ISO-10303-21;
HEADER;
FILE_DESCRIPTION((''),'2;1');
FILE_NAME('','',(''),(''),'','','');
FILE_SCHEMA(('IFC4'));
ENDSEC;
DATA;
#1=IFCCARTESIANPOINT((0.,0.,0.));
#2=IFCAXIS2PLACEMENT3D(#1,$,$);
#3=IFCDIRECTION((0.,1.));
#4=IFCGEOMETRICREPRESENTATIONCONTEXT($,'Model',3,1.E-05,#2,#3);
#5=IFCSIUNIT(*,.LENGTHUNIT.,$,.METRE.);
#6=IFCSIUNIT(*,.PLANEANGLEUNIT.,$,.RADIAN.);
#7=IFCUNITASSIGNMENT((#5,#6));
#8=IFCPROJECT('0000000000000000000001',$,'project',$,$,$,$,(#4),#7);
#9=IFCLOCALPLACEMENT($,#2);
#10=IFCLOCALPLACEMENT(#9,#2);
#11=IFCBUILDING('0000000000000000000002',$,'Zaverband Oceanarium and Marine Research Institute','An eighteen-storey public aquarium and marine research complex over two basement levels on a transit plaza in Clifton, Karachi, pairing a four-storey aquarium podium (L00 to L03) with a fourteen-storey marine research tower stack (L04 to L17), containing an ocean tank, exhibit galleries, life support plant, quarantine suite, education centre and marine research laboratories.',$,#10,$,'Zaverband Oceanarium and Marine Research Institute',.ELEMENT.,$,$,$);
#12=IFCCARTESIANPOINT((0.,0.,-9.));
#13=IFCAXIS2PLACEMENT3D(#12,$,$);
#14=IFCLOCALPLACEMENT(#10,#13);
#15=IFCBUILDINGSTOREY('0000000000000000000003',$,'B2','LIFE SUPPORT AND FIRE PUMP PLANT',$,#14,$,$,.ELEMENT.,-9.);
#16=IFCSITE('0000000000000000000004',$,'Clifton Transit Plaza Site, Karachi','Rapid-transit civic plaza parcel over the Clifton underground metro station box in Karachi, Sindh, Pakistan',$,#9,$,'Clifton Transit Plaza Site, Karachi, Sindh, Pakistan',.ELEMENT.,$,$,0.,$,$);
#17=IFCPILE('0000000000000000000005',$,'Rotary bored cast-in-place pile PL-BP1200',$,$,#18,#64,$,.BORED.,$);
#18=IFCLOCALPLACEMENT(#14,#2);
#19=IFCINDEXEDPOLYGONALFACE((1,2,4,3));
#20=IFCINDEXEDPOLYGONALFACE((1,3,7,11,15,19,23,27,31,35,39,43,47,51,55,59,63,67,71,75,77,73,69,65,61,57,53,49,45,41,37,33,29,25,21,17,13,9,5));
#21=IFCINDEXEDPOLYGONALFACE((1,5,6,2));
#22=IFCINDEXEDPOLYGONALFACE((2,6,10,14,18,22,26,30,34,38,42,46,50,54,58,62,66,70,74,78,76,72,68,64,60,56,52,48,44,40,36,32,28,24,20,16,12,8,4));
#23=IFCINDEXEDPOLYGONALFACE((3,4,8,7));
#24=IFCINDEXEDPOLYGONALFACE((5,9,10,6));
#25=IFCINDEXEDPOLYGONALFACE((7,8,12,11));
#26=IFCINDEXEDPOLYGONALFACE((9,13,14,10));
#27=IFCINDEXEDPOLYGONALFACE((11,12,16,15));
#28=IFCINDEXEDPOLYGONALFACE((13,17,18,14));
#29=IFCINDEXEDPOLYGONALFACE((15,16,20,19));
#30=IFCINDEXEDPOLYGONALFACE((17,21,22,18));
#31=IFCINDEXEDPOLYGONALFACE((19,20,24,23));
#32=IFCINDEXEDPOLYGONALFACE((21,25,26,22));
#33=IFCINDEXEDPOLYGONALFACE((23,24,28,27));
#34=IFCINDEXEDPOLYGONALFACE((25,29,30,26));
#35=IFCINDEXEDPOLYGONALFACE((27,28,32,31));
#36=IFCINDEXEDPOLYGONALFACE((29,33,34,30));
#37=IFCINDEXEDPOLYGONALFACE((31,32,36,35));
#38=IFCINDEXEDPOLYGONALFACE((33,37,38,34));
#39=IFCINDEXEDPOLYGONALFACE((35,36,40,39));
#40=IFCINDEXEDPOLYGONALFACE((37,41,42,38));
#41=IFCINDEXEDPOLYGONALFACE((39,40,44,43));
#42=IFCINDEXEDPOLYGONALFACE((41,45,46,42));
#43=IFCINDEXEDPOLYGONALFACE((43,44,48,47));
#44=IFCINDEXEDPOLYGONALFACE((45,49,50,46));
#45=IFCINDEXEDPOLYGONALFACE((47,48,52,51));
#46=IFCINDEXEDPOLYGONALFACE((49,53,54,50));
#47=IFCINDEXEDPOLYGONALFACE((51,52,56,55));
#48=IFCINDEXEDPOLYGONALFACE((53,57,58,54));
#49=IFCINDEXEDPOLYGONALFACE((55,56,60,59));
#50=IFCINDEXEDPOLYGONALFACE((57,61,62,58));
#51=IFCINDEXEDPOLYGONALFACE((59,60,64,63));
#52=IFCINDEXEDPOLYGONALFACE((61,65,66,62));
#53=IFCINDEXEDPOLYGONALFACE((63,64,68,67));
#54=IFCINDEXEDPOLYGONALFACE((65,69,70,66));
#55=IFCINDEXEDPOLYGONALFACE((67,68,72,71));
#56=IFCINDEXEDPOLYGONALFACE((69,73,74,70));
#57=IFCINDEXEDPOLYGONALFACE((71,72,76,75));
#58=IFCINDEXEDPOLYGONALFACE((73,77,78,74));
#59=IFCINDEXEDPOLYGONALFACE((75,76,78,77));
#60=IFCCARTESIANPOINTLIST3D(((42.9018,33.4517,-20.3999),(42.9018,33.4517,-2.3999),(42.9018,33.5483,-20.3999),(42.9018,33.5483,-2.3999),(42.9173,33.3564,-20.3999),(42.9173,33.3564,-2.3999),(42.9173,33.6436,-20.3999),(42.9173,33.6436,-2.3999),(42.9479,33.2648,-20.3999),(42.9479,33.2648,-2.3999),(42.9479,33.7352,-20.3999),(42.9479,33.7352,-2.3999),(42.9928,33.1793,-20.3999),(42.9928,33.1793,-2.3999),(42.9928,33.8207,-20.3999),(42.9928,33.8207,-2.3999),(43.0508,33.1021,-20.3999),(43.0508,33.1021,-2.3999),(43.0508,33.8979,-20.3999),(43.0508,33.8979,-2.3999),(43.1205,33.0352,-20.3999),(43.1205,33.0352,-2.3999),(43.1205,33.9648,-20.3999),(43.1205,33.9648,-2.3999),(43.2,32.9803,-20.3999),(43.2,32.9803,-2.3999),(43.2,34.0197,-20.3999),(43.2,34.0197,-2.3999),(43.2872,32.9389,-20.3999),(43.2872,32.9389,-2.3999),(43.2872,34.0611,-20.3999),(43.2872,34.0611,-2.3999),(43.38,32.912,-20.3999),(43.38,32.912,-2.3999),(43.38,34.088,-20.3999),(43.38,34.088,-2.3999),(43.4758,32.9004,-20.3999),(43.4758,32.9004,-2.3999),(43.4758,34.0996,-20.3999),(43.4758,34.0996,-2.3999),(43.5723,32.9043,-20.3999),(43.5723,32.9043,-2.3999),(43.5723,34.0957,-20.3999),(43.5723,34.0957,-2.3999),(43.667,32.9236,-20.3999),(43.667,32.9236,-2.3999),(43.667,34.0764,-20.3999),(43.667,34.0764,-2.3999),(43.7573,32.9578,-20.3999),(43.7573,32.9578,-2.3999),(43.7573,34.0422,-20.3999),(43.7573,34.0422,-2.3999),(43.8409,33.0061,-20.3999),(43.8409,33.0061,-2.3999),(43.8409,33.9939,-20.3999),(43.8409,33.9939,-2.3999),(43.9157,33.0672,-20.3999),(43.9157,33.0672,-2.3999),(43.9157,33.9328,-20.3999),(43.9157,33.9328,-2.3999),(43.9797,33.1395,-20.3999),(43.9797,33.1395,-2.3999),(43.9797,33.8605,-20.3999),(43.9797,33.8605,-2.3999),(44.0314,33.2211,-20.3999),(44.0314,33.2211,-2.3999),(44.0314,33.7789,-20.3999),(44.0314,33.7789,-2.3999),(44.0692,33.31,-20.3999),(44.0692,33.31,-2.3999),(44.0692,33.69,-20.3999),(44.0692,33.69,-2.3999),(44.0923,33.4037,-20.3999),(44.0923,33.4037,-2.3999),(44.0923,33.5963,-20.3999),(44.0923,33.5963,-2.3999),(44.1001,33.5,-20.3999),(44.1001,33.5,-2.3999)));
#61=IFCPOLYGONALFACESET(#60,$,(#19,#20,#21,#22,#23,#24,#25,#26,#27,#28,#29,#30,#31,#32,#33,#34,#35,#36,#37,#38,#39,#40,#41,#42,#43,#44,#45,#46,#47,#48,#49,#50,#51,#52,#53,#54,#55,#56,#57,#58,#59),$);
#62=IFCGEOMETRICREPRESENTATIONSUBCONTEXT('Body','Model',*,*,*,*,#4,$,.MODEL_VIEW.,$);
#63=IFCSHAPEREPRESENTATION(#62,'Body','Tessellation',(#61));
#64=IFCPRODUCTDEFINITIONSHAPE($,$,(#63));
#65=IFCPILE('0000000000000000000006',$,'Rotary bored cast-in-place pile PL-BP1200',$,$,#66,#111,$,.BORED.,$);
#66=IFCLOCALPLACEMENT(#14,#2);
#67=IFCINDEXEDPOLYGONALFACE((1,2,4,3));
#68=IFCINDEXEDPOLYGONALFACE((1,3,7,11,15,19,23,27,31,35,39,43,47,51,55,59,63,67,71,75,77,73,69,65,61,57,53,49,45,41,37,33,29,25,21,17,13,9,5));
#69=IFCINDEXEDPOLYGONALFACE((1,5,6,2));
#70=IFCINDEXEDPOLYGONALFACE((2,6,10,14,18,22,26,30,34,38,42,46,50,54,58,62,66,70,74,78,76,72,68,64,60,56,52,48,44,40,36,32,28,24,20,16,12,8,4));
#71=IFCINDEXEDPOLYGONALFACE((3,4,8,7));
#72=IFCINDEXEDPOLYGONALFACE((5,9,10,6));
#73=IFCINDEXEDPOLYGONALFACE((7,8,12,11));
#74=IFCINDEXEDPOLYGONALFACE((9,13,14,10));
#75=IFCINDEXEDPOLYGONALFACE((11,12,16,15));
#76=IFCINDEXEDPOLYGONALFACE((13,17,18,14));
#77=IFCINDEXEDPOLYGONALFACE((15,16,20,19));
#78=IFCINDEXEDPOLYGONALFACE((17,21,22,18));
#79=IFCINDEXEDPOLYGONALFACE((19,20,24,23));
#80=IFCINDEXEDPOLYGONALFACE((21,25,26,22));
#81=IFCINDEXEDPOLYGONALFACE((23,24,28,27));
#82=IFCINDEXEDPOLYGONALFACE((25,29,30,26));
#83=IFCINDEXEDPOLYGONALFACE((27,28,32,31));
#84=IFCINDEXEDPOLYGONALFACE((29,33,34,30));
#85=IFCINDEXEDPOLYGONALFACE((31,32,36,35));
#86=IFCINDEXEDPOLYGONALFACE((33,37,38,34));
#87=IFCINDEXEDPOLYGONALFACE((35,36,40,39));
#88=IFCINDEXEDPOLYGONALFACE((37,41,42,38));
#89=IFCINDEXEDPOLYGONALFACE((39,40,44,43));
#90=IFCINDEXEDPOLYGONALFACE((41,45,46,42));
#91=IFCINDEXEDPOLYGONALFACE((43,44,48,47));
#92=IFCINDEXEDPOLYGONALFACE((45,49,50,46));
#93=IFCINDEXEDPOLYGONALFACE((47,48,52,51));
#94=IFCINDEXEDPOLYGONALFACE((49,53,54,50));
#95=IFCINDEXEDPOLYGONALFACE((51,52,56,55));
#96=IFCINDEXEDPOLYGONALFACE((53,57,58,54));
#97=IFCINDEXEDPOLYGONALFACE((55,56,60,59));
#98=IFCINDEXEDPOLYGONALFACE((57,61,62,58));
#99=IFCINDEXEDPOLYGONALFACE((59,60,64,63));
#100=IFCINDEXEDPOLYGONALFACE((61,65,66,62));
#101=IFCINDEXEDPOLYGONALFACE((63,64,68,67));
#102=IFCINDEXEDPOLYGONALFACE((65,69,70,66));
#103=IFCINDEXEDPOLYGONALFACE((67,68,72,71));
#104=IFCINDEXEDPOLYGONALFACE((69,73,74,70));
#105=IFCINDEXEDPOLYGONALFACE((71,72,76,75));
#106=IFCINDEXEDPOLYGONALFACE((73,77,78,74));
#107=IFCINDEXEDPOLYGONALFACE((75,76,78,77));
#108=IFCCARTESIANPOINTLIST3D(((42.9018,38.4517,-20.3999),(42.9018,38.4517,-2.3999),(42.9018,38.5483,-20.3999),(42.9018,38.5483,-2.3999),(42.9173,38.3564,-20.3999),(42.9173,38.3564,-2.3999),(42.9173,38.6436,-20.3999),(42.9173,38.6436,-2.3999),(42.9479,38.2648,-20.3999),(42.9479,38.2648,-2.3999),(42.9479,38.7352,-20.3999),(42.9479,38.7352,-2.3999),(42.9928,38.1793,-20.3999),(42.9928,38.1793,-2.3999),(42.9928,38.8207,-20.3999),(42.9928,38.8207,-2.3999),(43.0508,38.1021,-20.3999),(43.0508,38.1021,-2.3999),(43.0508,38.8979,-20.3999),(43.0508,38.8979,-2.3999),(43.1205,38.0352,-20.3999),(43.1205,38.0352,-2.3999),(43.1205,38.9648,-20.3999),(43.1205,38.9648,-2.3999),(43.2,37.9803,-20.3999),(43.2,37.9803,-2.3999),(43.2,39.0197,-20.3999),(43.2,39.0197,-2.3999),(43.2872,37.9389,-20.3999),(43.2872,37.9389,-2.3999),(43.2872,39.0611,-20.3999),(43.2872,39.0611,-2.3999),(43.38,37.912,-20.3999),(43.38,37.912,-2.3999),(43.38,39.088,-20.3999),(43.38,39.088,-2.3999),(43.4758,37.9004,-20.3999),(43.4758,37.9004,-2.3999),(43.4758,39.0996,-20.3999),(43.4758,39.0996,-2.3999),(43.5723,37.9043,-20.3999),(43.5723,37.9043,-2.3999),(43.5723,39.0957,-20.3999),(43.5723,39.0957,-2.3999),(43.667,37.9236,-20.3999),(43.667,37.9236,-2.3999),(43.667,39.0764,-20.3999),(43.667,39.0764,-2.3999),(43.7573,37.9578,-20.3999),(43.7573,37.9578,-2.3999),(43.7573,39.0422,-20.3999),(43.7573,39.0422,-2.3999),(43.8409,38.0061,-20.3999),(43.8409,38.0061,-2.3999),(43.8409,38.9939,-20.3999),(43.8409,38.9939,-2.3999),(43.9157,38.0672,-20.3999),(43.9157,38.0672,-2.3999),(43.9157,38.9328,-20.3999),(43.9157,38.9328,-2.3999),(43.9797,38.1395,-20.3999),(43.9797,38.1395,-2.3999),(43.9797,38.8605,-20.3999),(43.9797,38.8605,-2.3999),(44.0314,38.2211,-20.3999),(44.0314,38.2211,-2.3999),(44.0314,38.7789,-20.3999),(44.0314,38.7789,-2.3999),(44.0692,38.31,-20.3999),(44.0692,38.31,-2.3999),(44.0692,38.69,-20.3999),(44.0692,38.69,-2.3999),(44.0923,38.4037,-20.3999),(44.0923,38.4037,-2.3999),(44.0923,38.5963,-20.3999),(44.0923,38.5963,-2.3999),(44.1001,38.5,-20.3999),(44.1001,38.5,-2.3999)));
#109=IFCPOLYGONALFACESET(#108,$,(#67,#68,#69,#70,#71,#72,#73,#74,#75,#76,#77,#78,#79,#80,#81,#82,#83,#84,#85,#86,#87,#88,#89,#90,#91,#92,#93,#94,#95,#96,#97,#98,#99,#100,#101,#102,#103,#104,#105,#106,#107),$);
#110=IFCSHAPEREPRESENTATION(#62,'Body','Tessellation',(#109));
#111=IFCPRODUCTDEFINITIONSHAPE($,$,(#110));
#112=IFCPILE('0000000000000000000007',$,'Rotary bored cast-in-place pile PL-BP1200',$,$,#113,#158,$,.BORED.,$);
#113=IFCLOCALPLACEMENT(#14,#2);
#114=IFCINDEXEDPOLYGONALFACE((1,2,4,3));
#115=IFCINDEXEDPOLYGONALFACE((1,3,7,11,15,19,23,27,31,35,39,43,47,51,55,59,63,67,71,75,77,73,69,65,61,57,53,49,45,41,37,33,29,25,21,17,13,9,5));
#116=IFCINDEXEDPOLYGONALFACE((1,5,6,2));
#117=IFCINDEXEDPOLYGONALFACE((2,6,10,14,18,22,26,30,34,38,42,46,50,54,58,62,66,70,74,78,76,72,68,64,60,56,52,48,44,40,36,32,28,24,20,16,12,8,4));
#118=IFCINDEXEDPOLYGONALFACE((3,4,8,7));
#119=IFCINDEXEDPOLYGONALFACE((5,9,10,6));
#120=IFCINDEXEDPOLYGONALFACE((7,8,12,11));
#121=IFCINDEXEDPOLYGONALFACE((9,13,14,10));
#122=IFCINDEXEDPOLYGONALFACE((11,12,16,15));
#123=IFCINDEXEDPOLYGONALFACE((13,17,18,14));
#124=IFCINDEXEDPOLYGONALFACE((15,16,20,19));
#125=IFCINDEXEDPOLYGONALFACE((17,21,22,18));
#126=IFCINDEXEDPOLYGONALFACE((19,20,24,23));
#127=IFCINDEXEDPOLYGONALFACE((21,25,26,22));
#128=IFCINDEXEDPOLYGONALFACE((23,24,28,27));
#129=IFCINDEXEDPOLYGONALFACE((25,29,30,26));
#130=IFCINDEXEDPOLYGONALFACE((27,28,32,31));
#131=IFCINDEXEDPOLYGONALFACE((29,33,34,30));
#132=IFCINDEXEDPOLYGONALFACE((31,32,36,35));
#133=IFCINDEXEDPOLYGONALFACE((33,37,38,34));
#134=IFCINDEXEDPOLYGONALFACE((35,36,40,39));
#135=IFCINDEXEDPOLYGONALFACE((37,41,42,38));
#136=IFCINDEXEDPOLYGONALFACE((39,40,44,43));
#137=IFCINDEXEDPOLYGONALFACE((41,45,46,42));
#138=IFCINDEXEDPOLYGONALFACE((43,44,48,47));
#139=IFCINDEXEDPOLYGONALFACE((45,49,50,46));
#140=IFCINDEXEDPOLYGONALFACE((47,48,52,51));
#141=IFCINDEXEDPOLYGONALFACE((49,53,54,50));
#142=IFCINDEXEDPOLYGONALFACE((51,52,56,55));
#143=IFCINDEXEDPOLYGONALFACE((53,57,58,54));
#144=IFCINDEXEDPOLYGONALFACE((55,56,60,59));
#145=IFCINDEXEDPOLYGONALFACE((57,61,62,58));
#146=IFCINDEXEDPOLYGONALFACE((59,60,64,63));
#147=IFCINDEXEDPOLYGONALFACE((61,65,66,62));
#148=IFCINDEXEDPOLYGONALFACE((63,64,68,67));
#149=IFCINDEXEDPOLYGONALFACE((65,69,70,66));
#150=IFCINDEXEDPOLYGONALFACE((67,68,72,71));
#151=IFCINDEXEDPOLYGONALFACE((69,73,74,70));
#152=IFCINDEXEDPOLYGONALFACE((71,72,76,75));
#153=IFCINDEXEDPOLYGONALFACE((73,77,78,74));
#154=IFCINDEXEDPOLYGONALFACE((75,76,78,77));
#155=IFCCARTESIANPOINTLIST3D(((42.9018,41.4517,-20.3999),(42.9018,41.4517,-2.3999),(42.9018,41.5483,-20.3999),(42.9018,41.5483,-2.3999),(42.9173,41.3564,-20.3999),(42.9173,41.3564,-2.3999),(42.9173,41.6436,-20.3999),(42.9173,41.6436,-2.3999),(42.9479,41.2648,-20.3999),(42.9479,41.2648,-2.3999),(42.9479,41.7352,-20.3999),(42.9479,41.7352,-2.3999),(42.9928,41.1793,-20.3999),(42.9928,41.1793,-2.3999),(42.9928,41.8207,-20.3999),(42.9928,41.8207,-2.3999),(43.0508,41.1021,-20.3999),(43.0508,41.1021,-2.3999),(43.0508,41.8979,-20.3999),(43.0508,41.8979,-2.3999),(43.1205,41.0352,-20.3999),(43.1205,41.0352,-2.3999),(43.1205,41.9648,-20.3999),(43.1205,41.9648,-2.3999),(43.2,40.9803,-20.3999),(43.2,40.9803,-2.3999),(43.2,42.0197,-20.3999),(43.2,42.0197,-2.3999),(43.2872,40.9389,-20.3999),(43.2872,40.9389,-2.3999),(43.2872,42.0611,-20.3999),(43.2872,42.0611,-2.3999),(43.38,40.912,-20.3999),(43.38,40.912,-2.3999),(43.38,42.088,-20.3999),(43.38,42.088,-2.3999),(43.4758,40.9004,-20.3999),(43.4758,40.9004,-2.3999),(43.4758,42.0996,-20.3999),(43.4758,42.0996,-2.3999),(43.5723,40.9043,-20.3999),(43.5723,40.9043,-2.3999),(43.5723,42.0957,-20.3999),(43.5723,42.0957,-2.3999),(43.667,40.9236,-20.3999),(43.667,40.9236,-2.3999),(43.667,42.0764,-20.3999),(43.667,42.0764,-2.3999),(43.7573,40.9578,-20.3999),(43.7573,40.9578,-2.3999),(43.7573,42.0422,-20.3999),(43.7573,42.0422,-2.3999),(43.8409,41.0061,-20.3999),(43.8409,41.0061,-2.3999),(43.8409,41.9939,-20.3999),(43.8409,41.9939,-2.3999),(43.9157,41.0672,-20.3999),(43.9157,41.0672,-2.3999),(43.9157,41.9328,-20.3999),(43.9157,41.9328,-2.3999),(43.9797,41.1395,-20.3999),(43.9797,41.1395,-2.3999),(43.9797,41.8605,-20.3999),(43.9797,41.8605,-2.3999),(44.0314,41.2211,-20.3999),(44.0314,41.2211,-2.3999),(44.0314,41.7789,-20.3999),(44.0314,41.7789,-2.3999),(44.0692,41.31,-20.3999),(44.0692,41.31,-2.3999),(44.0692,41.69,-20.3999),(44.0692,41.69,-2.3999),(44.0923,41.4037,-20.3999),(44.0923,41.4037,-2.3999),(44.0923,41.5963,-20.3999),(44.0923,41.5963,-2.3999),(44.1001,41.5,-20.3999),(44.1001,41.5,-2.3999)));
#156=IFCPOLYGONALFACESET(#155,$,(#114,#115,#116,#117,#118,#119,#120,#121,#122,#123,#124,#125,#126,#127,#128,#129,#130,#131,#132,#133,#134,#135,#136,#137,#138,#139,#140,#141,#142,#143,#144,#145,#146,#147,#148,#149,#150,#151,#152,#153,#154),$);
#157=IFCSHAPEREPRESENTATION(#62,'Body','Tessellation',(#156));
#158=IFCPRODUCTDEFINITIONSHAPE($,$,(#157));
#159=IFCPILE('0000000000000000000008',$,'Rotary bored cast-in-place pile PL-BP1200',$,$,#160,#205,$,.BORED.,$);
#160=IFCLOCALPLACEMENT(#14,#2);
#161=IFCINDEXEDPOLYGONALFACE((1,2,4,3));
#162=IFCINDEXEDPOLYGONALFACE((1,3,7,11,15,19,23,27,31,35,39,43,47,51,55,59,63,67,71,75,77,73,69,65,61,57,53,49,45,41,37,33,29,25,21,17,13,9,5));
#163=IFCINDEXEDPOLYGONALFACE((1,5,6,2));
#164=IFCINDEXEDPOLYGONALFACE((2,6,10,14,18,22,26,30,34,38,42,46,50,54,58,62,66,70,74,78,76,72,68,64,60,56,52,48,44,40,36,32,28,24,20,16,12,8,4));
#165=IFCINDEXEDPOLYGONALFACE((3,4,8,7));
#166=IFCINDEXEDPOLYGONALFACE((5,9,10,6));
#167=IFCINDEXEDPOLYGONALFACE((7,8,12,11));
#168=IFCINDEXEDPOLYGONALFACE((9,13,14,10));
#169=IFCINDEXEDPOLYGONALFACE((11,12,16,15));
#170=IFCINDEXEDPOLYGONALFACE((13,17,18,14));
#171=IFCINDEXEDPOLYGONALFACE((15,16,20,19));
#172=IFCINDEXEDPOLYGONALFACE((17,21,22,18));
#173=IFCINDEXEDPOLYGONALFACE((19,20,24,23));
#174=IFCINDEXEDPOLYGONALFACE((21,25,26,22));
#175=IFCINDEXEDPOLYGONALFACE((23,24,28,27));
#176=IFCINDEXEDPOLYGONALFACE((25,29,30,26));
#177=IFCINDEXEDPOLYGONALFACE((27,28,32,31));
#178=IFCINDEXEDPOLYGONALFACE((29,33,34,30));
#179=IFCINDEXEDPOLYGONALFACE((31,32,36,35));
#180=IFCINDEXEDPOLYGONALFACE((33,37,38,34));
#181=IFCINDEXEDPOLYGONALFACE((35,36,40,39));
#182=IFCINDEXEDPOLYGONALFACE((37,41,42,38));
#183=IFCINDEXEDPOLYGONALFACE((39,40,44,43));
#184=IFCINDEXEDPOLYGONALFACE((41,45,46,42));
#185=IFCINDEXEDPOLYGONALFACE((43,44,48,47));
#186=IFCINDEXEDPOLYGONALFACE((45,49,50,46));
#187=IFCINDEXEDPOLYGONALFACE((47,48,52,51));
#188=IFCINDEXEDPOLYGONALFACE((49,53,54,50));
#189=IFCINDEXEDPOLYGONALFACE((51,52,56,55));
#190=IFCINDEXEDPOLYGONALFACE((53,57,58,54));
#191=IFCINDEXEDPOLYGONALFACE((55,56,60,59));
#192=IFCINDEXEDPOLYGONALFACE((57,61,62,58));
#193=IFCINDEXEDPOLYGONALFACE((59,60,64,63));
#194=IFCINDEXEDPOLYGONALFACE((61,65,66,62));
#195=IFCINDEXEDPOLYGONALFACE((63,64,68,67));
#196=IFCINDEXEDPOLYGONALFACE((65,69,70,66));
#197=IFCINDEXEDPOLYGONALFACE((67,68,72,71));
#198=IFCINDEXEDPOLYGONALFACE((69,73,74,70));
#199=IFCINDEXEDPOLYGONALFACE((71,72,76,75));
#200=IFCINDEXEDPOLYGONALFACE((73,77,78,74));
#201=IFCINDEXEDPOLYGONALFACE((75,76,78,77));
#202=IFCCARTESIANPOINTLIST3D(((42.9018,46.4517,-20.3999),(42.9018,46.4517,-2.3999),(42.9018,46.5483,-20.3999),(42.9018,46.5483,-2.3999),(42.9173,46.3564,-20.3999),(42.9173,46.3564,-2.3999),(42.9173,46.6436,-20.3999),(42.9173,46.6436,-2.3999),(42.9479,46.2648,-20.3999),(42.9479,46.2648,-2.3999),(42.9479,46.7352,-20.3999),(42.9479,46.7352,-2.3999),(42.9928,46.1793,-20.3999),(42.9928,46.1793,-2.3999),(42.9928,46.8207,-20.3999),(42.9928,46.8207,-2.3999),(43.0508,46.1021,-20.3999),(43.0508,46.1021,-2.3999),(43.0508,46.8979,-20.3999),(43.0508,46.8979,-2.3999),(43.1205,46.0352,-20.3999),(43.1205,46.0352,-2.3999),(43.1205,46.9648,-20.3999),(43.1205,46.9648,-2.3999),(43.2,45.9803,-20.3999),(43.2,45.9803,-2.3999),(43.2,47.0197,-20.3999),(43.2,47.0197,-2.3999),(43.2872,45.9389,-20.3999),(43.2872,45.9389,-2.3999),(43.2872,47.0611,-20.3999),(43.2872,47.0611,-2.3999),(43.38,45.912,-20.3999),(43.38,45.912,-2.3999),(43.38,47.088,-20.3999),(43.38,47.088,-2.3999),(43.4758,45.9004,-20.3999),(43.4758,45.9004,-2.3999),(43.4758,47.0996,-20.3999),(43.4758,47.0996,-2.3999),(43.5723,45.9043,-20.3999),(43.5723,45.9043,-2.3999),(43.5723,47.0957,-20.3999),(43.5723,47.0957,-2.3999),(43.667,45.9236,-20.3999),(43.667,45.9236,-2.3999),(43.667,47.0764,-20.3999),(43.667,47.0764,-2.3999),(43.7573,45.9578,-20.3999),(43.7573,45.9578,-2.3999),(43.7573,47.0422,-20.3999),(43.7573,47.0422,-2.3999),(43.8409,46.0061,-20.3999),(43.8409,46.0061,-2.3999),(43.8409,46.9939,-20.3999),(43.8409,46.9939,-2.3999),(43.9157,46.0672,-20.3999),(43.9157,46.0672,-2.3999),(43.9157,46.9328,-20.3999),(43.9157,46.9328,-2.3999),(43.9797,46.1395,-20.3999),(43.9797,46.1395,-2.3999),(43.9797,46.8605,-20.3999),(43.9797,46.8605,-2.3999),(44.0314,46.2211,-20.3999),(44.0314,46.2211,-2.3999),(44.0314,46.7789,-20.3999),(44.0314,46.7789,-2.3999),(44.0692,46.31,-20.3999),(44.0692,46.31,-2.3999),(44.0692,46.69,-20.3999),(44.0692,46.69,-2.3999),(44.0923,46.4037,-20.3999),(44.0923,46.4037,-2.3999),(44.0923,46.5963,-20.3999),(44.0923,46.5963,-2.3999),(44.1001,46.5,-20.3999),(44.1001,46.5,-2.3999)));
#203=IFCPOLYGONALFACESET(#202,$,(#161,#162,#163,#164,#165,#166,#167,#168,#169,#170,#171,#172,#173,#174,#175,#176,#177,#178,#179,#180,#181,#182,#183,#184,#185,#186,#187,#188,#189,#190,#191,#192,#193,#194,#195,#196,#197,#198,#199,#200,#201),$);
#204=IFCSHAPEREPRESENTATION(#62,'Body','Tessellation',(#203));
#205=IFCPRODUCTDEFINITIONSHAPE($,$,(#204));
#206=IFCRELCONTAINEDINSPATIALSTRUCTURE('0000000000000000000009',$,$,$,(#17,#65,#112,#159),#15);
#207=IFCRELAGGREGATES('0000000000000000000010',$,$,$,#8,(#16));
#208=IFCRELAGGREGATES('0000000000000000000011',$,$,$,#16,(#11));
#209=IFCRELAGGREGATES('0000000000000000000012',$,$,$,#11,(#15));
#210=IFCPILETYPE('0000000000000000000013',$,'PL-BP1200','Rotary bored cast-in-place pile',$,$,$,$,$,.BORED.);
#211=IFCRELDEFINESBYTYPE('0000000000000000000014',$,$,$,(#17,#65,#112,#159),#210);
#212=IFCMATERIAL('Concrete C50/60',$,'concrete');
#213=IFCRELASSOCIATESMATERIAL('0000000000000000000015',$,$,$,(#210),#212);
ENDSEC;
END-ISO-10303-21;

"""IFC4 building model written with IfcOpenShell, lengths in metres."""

from ifc_helpers import new_model, si_unit, direction, frame, origin, origin_2d, place, context, subcontext, project, spatial, circle, extrude, material, material_profile, profile_set, type_object, element, save


model = new_model("IFC4")

# Units and contexts
model_context = context("Model", 3, precision=1e-05, world=origin(), true_north=direction((0.0, 1.0)))
body_context = subcontext(model_context, "Body", "Model", "MODEL_VIEW")
ifc_project = project(units=[si_unit("LENGTHUNIT", "METRE"), si_unit("PLANEANGLEUNIT", "RADIAN")], contexts=[model_context])

# Site, building, storey
site_placement = place(None, origin())
site = spatial("IfcSite", under=ifc_project, at=site_placement, Name="Clifton Transit Plaza Site, Karachi", Description="Rapid-transit civic plaza parcel over the Clifton underground metro station box in Karachi, Sindh, Pakistan", LongName="Clifton Transit Plaza Site, Karachi, Sindh, Pakistan", CompositionType="ELEMENT", RefElevation=0.0)
building_placement = place(site_placement, origin())
building = spatial("IfcBuilding", under=site, at=building_placement, Name="Zaverband Oceanarium and Marine Research Institute", Description="An eighteen-storey public aquarium and marine research complex over two basement levels on a transit plaza in Clifton, Karachi, pairing a four-storey aquarium podium (L00 to L03) with a fourteen-storey marine research tower stack (L04 to L17), containing an ocean tank, exhibit galleries, life support plant, quarantine suite, education centre and marine research laboratories.", LongName="Zaverband Oceanarium and Marine Research Institute", CompositionType="ELEMENT")
storey_placement = place(building_placement, frame((0.0, 0.0, -9.0)))
storey = spatial("IfcBuildingStorey", under=building, at=storey_placement, Name="B2", Description="LIFE SUPPORT AND FIRE PUMP PLANT", CompositionType="ELEMENT", Elevation=-9.0)

# Shared definitions
ifc_material_1 = material(Name="Concrete C50/60", Category="concrete")

# Piles
ifc_material_profile_1 = material_profile(ifc_material_1, circle(Radius=0.6001, at=origin_2d()), Name="BP1200")
ifc_profile_set_1 = profile_set([ifc_material_profile_1], Name="Concrete C50/60")
pile_type = type_object("IfcPileType", Name="PL-BP1200", Description="Rotary bored cast-in-place pile", PredefinedType="BORED", material=ifc_profile_set_1)
for number, where, z_axis, x_axis, name in (
    (1, (43.5, 33.5, -2.3999), (0.0, 0.0, -1.0), (1.0, 0.0, 0.0), "Rotary bored cast-in-place pile PL-BP1200"),
    (2, (43.5, 38.5, -2.3999), (0.0, 0.0, -1.0), (1.0, 0.0, 0.0), "Rotary bored cast-in-place pile PL-BP1200"),
    (3, (43.5, 41.5, -2.3999), (0.0, 0.0, -1.0), (1.0, 0.0, 0.0), "Rotary bored cast-in-place pile PL-BP1200"),
    (4, (43.5, 46.5, -2.3999), (0.0, 0.0, -1.0), (1.0, 0.0, 0.0), "Rotary bored cast-in-place pile PL-BP1200"),
):
    element("IfcPile", number, at=place(storey_placement, frame(where, z_axis=z_axis, x_axis=x_axis)), inside=storey, type_object=pile_type, Name=name, PredefinedType="BORED", context=body_context, shape_type="SweptSolid", body=[
        extrude(circle(Radius=0.6001, at=origin_2d()), origin(), (0.0, 0.0, 1.0), 18.0),
    ])

save(model, "model.ifc")
